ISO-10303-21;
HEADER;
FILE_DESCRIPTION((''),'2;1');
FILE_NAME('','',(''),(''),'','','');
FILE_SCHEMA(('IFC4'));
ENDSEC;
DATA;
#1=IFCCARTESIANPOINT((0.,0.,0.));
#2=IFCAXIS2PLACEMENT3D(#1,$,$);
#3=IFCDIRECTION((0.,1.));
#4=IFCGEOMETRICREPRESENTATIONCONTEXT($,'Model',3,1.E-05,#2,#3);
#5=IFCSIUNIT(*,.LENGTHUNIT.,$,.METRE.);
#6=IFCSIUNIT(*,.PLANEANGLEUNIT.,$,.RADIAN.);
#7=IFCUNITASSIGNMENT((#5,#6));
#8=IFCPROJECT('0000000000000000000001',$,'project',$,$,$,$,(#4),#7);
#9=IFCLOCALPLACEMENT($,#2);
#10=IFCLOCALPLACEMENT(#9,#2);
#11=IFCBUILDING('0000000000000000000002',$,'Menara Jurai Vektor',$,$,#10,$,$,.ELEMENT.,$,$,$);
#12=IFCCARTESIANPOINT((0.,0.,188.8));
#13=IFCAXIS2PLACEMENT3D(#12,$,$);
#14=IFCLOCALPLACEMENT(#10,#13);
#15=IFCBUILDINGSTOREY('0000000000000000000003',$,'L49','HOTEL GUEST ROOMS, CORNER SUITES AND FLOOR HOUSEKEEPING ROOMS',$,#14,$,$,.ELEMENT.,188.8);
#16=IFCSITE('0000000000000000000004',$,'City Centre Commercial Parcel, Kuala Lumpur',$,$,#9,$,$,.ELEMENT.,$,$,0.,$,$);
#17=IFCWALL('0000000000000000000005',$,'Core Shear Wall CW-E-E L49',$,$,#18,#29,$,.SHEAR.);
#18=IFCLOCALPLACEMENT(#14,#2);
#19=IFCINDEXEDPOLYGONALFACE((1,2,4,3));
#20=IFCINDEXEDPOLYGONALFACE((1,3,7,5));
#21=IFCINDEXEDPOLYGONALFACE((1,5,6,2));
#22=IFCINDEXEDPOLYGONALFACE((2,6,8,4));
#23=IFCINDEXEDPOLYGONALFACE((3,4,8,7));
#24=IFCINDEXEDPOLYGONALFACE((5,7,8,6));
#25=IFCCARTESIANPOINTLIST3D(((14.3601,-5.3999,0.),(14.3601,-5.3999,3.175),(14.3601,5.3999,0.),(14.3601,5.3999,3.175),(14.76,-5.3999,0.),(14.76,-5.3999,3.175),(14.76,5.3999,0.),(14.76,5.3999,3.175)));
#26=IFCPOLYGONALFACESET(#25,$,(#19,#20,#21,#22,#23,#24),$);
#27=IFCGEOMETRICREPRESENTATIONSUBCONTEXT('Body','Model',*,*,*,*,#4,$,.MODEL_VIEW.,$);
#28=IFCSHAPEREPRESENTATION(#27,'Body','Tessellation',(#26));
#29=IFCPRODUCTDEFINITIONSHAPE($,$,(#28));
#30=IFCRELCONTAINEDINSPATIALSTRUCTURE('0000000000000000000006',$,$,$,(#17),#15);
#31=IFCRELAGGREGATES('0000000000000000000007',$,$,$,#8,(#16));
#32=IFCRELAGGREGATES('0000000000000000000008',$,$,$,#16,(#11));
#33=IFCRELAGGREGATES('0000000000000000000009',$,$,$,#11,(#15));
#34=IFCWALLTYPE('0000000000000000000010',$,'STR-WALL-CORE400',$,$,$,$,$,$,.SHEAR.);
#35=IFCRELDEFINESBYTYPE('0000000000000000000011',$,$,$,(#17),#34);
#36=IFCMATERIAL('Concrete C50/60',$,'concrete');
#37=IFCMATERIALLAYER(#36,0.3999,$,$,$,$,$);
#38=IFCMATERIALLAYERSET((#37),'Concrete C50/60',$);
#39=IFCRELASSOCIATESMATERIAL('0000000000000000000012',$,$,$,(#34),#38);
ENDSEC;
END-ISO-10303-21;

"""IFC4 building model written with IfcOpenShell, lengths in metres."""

from ifc_helpers import new_model, si_unit, direction, frame, frame_2d, origin, place, context, subcontext, project, spatial, rectangle, extrude, material, layer, layer_set, type_object, element, save


model = new_model("IFC4")

# Units and contexts
model_context = context("Model", 3, precision=1e-05, world=origin(), true_north=direction((0.0, 1.0)))
body_context = subcontext(model_context, "Body", "Model", "MODEL_VIEW")
ifc_project = project(units=[si_unit("LENGTHUNIT", "METRE"), si_unit("PLANEANGLEUNIT", "RADIAN")], contexts=[model_context])

# Site, building, storey
site_placement = place(None, origin())
site = spatial("IfcSite", under=ifc_project, at=site_placement, Name="City Centre Commercial Parcel, Kuala Lumpur", CompositionType="ELEMENT", RefElevation=0.0)
building_placement = place(site_placement, origin())
building = spatial("IfcBuilding", under=site, at=building_placement, Name="Menara Jurai Vektor", CompositionType="ELEMENT")
storey_placement = place(building_placement, frame((0.0, 0.0, 188.8)))
storey = spatial("IfcBuildingStorey", under=building, at=storey_placement, Name="L49", Description="HOTEL GUEST ROOMS, CORNER SUITES AND FLOOR HOUSEKEEPING ROOMS", CompositionType="ELEMENT", Elevation=188.8)

# Shared definitions
ifc_material_1 = material(Name="Concrete C50/60", Category="concrete")

# Wall
ifc_layer_1 = layer(ifc_material_1, 0.3999)
ifc_layer_set_1 = layer_set([ifc_layer_1], Name="Concrete C50/60")
wall_type_1 = type_object("IfcWallType", Name="STR-WALL-CORE400", PredefinedType="SHEAR", material=ifc_layer_set_1)
wall_1_placement = place(storey_placement, frame((14.5601, -5.3999, 0.0), z_axis=(0.0, 0.0, 1.0), x_axis=(0.0, 1.0, 0.0)))
element("IfcWall", 1, at=wall_1_placement, inside=storey, type_object=wall_type_1, Name="Core Shear Wall CW-E-E L49", PredefinedType="SHEAR", context=body_context, shape_type="SweptSolid", body=[
    extrude(rectangle(XDim=10.7998, YDim=0.3999, at=frame_2d((5.3999, 0.0))), origin(), (0.0, 0.0, 1.0), 3.175),
])

save(model, "model.ifc")
